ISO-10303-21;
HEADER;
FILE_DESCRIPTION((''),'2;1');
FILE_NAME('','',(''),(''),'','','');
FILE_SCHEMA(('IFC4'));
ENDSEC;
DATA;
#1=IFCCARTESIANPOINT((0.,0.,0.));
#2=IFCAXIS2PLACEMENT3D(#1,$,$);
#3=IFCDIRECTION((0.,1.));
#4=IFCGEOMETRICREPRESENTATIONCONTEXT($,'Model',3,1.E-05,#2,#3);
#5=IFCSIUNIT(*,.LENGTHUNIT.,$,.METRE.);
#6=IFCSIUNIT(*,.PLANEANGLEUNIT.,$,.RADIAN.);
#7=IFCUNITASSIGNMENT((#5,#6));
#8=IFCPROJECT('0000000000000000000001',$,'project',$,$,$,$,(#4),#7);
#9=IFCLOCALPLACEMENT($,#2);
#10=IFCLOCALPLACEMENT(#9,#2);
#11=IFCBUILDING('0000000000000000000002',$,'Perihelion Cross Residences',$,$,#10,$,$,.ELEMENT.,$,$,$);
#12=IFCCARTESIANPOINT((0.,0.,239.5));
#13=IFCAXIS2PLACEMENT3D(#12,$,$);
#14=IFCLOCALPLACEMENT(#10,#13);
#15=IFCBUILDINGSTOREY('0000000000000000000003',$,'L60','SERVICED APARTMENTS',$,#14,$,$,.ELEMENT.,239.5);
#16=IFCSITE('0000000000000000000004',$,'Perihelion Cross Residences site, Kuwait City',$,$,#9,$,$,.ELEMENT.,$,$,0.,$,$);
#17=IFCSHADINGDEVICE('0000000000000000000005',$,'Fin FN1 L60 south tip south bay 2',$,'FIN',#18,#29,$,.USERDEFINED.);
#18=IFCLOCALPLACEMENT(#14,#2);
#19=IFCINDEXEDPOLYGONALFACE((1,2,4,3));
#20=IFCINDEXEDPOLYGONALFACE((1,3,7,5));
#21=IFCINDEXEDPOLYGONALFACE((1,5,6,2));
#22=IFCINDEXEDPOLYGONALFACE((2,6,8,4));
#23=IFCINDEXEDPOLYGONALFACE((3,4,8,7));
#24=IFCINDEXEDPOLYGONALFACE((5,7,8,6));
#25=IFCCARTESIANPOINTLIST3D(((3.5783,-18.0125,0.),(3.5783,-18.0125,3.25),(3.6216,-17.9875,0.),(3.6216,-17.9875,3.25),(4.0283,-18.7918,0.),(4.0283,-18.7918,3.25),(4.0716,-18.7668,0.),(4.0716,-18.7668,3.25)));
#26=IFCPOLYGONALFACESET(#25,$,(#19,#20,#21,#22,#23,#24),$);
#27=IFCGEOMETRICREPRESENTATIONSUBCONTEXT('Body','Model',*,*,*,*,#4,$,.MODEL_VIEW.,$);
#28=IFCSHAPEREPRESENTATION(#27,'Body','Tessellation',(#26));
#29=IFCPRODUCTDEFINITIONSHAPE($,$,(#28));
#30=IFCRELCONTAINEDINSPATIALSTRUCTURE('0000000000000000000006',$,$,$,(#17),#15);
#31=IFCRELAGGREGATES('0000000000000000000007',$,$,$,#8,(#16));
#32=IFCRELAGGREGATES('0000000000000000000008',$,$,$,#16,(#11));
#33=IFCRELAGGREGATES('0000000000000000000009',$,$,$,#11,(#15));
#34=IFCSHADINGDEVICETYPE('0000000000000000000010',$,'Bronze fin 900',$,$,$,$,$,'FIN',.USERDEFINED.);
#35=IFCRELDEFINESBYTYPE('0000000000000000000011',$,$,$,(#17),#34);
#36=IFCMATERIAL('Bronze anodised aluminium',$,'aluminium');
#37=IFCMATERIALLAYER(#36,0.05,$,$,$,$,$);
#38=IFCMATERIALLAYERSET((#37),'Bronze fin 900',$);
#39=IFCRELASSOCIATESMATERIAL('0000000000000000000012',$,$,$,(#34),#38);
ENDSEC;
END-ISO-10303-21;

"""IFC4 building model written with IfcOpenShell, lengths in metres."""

from ifc_helpers import new_model, si_unit, direction, frame, origin, origin_2d, place, context, subcontext, project, spatial, rectangle, extrude, material, layer, layer_set, type_object, element, save


model = new_model("IFC4")

# Units and contexts
model_context = context("Model", 3, precision=1e-05, world=origin(), true_north=direction((0.0, 1.0)))
body_context = subcontext(model_context, "Body", "Model", "MODEL_VIEW")
ifc_project = project(units=[si_unit("LENGTHUNIT", "METRE"), si_unit("PLANEANGLEUNIT", "RADIAN")], contexts=[model_context])

# Site, building, storey
site_placement = place(None, origin())
site = spatial("IfcSite", under=ifc_project, at=site_placement, Name="Perihelion Cross Residences site, Kuwait City", CompositionType="ELEMENT", RefElevation=0.0)
building_placement = place(site_placement, origin())
building = spatial("IfcBuilding", under=site, at=building_placement, Name="Perihelion Cross Residences", CompositionType="ELEMENT")
storey_placement = place(building_placement, frame((0.0, 0.0, 239.5)))
storey = spatial("IfcBuildingStorey", under=building, at=storey_placement, Name="L60", Description="SERVICED APARTMENTS", CompositionType="ELEMENT", Elevation=239.5)

# Shading device
ifc_material_1 = material(Name="Bronze anodised aluminium", Category="aluminium")
ifc_layer_1 = layer(ifc_material_1, 0.05)
ifc_layer_set_1 = layer_set([ifc_layer_1], Name="Bronze fin 900")
shading_device_type = type_object("IfcShadingDeviceType", Name="Bronze fin 900", ElementType="FIN", PredefinedType="USERDEFINED", material=ifc_layer_set_1)
shading_device_placement = place(storey_placement, frame((3.825, -18.3896, 0.0), z_axis=(0.0, 0.0, 1.0), x_axis=(0.5, -0.866025, 0.0)))
element("IfcShadingDevice", 1, at=shading_device_placement, inside=storey, type_object=shading_device_type, Name="Fin FN1 L60 south tip south bay 2", ObjectType="FIN", PredefinedType="USERDEFINED", context=body_context, shape_type="SweptSolid", body=[
    extrude(rectangle(XDim=0.8999, YDim=0.05, at=origin_2d()), origin(), (0.0, 0.0, 1.0), 3.25),
])

save(model, "model.ifc")
